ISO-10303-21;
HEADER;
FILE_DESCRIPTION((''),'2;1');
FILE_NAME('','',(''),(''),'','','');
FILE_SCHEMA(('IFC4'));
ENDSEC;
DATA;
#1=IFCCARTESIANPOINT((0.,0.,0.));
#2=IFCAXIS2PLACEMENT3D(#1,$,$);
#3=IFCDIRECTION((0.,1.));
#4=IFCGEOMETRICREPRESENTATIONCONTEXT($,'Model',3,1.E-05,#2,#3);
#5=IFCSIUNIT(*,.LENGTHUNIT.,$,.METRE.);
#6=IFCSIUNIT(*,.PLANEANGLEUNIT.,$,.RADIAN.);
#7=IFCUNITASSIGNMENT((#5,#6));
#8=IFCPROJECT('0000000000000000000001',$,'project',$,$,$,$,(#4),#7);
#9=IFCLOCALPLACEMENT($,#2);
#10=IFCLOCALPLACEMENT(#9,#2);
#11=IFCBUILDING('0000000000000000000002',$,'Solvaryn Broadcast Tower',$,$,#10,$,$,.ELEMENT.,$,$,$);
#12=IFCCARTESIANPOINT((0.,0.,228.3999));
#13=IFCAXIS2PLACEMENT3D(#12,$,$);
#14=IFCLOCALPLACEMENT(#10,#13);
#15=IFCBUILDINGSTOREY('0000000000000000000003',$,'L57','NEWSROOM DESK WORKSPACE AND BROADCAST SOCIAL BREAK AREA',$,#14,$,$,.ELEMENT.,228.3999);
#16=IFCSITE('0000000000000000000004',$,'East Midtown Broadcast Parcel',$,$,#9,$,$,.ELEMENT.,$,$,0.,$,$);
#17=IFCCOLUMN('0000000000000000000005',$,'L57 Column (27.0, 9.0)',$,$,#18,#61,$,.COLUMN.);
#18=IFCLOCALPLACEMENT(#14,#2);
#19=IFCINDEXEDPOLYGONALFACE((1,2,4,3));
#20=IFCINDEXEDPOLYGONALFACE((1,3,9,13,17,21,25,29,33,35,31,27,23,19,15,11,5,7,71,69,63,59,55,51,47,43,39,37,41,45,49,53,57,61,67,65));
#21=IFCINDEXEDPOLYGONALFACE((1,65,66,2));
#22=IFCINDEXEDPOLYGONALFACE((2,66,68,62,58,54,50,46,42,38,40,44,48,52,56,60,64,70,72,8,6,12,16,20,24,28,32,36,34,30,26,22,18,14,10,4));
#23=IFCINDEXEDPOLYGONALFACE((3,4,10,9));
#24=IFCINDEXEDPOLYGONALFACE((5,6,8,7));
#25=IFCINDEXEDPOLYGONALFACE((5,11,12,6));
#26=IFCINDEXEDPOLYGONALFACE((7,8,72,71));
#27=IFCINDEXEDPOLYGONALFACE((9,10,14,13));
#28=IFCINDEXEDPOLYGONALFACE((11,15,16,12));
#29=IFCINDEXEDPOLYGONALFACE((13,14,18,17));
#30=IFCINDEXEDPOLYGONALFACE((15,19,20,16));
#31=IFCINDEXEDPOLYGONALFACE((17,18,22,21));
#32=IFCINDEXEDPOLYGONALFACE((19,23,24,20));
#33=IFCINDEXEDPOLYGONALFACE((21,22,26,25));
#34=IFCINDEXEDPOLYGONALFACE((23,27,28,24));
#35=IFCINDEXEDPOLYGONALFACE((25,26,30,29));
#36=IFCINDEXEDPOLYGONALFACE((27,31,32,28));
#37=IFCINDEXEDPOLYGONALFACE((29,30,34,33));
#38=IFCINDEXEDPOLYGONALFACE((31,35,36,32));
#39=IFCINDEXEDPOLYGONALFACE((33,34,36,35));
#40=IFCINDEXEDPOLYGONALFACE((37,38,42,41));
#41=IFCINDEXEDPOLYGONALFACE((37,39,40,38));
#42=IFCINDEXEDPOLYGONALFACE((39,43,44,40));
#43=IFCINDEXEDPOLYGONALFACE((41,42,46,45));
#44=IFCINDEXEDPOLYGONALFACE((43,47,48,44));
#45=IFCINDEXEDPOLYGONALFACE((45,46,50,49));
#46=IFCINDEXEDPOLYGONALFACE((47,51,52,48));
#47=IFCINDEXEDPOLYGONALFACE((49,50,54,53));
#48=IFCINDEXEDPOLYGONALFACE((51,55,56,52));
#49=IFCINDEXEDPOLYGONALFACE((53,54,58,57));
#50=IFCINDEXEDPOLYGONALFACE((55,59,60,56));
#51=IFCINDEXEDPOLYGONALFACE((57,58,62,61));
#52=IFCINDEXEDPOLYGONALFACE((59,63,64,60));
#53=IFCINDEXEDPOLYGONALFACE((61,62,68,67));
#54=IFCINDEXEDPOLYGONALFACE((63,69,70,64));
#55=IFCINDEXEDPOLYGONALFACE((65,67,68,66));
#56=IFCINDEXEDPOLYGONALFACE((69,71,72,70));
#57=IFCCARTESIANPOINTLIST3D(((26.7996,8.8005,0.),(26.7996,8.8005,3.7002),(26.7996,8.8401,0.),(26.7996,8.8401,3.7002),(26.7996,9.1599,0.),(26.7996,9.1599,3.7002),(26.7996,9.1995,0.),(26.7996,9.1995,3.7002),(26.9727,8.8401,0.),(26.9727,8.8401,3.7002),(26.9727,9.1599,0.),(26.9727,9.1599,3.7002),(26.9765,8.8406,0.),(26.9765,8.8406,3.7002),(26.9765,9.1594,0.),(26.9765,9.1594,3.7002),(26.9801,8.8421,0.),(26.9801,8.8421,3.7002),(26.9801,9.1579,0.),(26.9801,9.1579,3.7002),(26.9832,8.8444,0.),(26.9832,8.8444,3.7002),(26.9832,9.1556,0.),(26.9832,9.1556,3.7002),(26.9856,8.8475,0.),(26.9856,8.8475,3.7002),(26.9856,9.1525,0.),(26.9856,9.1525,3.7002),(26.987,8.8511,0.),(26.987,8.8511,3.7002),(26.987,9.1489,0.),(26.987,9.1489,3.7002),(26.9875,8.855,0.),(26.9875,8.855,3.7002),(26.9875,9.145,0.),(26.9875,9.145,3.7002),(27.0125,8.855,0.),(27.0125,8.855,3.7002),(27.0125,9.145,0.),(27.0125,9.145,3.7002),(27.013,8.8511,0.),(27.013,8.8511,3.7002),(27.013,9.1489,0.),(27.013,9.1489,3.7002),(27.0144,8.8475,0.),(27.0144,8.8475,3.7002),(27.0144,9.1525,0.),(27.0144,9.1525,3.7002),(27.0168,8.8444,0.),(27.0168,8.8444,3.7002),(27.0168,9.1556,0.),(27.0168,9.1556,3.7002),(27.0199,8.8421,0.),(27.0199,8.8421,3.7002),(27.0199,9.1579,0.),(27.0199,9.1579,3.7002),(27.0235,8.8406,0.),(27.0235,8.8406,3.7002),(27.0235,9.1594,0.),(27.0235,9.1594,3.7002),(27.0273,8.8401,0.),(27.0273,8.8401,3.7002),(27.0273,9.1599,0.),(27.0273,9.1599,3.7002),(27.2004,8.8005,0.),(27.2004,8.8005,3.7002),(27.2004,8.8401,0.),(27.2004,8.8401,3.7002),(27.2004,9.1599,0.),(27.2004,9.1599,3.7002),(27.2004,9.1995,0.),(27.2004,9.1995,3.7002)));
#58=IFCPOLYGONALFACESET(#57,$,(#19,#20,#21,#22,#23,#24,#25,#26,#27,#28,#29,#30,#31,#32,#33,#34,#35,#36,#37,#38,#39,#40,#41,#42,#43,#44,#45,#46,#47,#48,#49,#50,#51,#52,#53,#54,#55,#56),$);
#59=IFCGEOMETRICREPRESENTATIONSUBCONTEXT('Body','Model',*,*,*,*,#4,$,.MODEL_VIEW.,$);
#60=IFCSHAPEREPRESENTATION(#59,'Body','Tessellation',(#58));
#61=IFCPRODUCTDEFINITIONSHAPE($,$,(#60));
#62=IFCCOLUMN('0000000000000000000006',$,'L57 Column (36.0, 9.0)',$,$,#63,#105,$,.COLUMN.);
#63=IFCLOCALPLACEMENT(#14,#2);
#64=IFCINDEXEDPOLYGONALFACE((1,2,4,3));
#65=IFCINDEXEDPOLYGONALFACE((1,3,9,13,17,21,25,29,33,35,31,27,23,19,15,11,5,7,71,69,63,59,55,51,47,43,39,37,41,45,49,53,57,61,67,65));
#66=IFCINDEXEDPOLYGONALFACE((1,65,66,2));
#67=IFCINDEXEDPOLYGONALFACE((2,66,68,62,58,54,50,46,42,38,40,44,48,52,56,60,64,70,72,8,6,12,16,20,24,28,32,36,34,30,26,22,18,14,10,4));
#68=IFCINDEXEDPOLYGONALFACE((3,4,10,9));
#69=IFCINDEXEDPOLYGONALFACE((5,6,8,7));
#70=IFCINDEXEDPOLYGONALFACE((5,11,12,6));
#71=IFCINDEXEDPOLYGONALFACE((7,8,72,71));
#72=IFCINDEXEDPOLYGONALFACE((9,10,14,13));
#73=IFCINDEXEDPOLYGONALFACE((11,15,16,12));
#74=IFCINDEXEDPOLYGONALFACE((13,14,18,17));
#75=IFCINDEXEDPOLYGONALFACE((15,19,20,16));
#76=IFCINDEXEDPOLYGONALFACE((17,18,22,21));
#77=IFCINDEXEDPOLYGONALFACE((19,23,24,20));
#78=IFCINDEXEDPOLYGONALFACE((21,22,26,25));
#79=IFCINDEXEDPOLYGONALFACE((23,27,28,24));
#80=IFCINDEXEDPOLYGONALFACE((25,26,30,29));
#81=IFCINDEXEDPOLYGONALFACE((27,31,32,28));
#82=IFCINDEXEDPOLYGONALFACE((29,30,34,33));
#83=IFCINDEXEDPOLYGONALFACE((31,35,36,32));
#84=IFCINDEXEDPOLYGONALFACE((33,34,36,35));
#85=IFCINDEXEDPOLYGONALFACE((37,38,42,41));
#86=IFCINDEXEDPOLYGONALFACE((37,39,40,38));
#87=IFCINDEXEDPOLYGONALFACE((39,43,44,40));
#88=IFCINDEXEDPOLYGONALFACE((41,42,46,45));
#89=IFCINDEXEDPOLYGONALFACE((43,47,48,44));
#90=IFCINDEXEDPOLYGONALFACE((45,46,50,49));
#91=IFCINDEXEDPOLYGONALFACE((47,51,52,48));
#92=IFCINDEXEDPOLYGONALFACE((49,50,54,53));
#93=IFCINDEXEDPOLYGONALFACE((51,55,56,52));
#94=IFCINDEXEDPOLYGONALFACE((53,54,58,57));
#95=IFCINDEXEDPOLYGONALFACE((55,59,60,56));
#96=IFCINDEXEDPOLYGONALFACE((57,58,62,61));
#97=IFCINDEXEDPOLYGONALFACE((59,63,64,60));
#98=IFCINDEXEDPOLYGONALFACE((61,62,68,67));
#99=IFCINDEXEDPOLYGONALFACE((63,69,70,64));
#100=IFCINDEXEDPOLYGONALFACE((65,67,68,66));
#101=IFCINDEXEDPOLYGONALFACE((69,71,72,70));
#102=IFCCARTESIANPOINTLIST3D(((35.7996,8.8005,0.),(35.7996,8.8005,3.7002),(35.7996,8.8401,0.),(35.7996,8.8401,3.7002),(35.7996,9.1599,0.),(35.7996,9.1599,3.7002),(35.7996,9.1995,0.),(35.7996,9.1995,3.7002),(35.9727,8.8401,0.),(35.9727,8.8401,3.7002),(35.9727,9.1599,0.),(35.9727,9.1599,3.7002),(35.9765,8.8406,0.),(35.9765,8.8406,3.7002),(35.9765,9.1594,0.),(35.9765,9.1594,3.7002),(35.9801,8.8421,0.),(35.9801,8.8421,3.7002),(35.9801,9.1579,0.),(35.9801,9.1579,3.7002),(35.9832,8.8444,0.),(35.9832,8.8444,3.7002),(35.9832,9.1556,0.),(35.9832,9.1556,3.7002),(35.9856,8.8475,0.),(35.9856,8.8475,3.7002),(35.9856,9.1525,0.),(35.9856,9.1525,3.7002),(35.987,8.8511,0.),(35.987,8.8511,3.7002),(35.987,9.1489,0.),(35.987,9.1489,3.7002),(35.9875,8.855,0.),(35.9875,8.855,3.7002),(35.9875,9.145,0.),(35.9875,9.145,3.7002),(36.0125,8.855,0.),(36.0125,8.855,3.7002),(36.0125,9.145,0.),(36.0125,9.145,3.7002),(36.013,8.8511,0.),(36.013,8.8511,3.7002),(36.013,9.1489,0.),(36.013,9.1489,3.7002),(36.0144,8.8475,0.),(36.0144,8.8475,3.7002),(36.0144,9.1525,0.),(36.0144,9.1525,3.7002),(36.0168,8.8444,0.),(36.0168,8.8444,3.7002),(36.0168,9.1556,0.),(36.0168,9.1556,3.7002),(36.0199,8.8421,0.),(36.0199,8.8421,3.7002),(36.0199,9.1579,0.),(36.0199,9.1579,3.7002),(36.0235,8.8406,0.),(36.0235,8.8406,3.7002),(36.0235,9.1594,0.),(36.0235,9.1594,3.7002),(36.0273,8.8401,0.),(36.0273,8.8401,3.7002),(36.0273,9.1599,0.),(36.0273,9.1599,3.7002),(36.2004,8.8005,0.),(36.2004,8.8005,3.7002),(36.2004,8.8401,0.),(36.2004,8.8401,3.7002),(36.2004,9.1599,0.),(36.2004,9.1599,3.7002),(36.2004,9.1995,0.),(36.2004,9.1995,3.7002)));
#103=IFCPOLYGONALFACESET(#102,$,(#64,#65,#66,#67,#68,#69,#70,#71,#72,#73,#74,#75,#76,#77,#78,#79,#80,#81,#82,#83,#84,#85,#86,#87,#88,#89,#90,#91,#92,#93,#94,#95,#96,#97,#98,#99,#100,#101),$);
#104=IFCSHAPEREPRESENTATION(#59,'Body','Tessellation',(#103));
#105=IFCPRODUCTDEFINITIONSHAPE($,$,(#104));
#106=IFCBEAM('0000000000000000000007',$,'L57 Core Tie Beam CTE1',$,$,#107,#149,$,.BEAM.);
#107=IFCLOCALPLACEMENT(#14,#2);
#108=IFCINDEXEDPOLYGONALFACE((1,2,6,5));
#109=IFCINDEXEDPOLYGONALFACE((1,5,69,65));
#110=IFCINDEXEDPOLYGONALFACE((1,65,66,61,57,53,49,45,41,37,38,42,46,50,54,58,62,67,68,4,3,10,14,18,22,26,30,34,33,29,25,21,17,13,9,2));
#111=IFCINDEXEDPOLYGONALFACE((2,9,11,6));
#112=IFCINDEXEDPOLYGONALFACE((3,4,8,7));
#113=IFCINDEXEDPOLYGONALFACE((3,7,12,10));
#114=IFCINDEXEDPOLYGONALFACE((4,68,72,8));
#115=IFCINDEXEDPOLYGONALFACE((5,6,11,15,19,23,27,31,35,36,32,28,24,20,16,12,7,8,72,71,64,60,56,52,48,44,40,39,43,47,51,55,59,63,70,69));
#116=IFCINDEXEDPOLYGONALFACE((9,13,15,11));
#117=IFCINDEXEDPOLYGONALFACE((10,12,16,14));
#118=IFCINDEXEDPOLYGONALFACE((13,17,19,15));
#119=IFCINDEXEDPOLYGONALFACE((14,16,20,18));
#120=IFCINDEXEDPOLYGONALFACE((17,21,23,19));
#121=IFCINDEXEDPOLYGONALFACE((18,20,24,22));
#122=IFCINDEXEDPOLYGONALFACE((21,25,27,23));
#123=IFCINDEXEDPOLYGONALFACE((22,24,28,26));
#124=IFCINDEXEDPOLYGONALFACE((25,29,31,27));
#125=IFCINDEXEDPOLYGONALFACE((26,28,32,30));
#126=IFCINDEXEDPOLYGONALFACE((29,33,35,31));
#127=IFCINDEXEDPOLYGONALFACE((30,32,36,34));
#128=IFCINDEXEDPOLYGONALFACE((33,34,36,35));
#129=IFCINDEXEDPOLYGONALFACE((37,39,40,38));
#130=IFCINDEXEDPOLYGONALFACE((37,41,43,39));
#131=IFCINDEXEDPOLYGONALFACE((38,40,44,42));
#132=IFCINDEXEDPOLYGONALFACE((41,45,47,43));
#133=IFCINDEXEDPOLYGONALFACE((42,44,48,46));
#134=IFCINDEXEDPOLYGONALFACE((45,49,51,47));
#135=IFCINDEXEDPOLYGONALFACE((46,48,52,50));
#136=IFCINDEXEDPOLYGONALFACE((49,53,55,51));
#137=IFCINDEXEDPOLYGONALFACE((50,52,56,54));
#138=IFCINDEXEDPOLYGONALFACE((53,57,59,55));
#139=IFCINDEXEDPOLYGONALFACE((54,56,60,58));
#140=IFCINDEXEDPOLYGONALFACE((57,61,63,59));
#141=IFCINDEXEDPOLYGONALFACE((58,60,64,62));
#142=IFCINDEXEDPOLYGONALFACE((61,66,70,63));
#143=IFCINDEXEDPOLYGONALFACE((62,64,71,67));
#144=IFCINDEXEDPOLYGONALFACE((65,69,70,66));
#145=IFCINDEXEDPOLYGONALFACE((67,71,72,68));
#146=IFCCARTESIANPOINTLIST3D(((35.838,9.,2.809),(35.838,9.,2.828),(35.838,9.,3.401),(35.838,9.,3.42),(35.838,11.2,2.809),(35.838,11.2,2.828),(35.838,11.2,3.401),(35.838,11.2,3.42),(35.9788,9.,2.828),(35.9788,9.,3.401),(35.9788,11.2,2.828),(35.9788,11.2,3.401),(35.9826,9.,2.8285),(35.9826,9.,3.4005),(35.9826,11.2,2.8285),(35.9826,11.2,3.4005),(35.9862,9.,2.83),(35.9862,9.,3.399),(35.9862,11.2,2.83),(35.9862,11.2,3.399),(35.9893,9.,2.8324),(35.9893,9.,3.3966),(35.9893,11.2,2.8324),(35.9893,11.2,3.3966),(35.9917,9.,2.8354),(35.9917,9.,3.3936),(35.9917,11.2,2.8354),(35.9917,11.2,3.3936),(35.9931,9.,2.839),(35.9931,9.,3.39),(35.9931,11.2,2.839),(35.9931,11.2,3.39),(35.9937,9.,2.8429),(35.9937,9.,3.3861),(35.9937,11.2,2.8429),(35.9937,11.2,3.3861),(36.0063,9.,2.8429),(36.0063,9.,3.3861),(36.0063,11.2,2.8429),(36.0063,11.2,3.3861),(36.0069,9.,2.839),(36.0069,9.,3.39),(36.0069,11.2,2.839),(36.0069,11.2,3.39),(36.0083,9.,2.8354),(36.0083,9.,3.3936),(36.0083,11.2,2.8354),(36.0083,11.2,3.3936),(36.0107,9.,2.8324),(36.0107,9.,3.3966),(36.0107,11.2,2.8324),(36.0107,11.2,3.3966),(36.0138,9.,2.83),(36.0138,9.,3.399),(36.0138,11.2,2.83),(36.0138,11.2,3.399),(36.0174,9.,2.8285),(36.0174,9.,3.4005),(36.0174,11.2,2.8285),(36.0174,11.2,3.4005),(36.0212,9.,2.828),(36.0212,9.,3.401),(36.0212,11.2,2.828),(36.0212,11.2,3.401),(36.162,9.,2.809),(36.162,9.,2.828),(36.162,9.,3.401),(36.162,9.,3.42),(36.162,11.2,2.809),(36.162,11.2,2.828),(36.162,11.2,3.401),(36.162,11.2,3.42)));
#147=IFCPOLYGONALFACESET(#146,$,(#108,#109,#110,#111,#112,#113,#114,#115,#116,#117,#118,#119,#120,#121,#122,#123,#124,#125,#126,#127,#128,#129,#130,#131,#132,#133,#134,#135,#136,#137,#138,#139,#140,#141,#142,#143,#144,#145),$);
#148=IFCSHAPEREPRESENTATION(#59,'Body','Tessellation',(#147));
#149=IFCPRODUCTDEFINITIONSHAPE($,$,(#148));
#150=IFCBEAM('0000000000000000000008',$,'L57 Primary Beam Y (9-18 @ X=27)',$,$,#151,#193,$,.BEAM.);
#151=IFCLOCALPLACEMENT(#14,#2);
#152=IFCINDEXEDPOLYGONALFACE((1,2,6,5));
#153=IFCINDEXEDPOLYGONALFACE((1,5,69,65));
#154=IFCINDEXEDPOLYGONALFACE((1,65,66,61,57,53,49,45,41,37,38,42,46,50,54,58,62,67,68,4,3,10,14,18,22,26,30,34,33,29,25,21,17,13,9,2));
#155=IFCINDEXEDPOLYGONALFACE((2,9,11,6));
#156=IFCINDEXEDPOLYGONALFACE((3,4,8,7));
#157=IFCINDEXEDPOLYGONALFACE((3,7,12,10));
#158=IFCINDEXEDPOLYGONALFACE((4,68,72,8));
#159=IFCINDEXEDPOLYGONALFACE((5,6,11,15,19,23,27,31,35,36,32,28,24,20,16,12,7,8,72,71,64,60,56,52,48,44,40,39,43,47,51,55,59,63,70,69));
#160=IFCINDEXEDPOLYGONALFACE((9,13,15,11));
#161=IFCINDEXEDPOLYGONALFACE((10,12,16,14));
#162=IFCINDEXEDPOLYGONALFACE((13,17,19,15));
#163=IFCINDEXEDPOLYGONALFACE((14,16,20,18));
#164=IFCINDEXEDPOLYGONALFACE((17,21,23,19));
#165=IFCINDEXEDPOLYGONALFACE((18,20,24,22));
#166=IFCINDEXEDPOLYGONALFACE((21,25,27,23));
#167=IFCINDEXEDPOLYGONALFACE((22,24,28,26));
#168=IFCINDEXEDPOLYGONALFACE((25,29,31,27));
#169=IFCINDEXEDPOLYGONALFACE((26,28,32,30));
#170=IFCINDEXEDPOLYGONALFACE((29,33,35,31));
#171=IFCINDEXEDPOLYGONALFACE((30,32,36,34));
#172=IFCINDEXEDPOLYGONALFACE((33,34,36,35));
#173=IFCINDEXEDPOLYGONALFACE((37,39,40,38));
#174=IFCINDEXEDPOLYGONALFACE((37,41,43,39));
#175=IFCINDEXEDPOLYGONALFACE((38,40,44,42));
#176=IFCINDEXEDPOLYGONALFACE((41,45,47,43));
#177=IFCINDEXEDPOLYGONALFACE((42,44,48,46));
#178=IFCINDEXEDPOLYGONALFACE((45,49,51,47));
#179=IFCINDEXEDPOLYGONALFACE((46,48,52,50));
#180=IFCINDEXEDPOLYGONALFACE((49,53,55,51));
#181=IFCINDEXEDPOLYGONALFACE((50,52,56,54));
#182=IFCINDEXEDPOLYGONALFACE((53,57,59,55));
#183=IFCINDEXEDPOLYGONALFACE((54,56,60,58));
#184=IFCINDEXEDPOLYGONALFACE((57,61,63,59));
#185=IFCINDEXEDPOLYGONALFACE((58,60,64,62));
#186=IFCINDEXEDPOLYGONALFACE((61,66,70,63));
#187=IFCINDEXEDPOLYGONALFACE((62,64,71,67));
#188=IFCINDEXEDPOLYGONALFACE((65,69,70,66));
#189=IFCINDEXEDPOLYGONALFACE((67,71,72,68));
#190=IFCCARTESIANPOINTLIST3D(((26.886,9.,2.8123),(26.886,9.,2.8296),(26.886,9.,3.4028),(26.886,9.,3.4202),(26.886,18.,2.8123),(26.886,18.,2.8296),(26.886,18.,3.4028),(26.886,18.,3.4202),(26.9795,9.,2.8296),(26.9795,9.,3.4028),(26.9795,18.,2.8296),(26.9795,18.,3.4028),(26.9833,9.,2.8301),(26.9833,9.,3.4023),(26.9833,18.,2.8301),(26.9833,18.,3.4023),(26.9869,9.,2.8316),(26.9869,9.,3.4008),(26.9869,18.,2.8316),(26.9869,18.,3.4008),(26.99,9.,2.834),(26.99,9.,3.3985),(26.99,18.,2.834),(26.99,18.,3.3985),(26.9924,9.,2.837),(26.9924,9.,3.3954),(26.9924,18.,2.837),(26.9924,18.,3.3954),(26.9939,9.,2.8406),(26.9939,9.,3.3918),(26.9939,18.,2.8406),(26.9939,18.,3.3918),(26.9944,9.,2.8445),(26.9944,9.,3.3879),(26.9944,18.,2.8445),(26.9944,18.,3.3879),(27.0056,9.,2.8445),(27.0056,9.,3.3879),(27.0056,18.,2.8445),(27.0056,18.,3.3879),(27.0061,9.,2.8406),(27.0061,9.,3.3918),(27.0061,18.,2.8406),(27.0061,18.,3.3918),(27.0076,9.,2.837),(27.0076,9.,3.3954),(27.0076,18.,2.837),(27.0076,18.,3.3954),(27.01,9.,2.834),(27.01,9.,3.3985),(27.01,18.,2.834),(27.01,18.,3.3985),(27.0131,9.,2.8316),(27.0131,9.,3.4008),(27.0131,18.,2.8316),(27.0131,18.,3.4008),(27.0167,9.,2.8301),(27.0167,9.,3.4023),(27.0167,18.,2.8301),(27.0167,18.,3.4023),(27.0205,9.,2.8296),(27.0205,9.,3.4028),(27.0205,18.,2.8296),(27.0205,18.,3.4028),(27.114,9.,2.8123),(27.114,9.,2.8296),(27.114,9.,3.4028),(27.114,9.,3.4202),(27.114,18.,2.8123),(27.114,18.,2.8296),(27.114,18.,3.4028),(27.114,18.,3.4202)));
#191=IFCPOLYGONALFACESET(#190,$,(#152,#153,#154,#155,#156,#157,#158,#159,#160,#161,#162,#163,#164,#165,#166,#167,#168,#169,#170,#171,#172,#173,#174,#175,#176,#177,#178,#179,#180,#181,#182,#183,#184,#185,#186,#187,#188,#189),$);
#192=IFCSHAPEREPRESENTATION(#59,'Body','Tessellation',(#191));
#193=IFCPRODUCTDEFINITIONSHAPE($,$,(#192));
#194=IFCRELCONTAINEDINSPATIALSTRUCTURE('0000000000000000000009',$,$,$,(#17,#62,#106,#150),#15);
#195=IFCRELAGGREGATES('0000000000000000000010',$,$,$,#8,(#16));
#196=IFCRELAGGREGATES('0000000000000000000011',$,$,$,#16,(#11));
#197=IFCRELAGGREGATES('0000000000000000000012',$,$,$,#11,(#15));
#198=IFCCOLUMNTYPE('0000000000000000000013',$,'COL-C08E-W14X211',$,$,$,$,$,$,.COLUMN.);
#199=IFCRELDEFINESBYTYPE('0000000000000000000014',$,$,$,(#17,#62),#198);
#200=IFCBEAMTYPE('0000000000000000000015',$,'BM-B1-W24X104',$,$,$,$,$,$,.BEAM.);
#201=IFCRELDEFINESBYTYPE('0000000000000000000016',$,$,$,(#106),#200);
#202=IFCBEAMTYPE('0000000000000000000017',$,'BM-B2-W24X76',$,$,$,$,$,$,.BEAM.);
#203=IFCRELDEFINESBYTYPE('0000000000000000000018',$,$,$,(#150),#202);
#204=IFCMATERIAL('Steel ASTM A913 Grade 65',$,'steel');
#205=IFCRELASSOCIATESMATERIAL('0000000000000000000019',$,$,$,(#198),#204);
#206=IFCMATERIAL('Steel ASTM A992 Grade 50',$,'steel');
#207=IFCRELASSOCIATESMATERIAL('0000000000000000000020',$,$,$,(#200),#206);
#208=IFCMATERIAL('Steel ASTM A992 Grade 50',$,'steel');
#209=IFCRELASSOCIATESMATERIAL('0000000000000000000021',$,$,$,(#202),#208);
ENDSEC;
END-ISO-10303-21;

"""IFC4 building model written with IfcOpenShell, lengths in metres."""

from ifc_helpers import new_model, si_unit, direction, frame, origin, origin_2d, place, context, subcontext, project, spatial, i_section, extrude, material, material_profile, profile_set, type_object, element, save


model = new_model("IFC4")

# Units and contexts
model_context = context("Model", 3, precision=1e-05, world=origin(), true_north=direction((0.0, 1.0)))
body_context = subcontext(model_context, "Body", "Model", "MODEL_VIEW")
ifc_project = project(units=[si_unit("LENGTHUNIT", "METRE"), si_unit("PLANEANGLEUNIT", "RADIAN")], contexts=[model_context])

# Site, building, storey
site_placement = place(None, origin())
site = spatial("IfcSite", under=ifc_project, at=site_placement, Name="East Midtown Broadcast Parcel", CompositionType="ELEMENT", RefElevation=0.0)
building_placement = place(site_placement, origin())
building = spatial("IfcBuilding", under=site, at=building_placement, Name="Solvaryn Broadcast Tower", CompositionType="ELEMENT")
storey_placement = place(building_placement, frame((0.0, 0.0, 228.3999)))
storey = spatial("IfcBuildingStorey", under=building, at=storey_placement, Name="L57", Description="NEWSROOM DESK WORKSPACE AND BROADCAST SOCIAL BREAK AREA", CompositionType="ELEMENT", Elevation=228.3999)

# Columns
ifc_material_1 = material(Name="Steel ASTM A913 Grade 65", Category="steel")
ifc_material_profile_1 = material_profile(ifc_material_1, i_section(OverallWidth=0.4009, OverallDepth=0.3989, WebThickness=0.0249, FlangeThickness=0.0396, FilletRadius=0.0149, at=origin_2d()))
ifc_profile_set_1 = profile_set([ifc_material_profile_1], Name="Steel ASTM A913 Grade 65")
column_type = type_object("IfcColumnType", Name="COL-C08E-W14X211", PredefinedType="COLUMN", material=ifc_profile_set_1)
for number, where, z_axis, x_axis, name in (
    (1, (27.0, 9.0, 0.0), (0.0, 0.0, 1.0), (1.0, 0.0, 0.0), "L57 Column (27.0, 9.0)"),
    (2, (36.0, 9.0, 0.0), (0.0, 0.0, 1.0), (1.0, 0.0, 0.0), "L57 Column (36.0, 9.0)"),
):
    element("IfcColumn", number, at=place(storey_placement, frame(where, z_axis=z_axis, x_axis=x_axis)), inside=storey, type_object=column_type, Name=name, PredefinedType="COLUMN", context=body_context, shape_type="SweptSolid", body=[
        extrude(i_section(OverallWidth=0.4009, OverallDepth=0.3989, WebThickness=0.0249, FlangeThickness=0.0396, FilletRadius=0.0149, at=origin_2d()), origin(), (0.0, 0.0, 1.0), 3.7002),
    ])

# Beams
ifc_material_2 = material(Name="Steel ASTM A992 Grade 50", Category="steel")
ifc_material_profile_2 = material_profile(ifc_material_2, i_section(OverallWidth=0.324, OverallDepth=0.6111, WebThickness=0.0127, FlangeThickness=0.019, FilletRadius=0.0149, at=origin_2d()))
ifc_profile_set_2 = profile_set([ifc_material_profile_2], Name="Steel ASTM A992 Grade 50")
beam_type_1 = type_object("IfcBeamType", Name="BM-B1-W24X104", PredefinedType="BEAM", material=ifc_profile_set_2)
beam_1_placement = place(storey_placement, frame((36.0, 9.0, 3.1145), z_axis=(0.0, 1.0, 0.0), x_axis=(-1.0, 0.0, 0.0)))
element("IfcBeam", 3, at=beam_1_placement, inside=storey, type_object=beam_type_1, Name="L57 Core Tie Beam CTE1", PredefinedType="BEAM", context=body_context, shape_type="SweptSolid", body=[
    extrude(i_section(OverallWidth=0.324, OverallDepth=0.6111, WebThickness=0.0127, FlangeThickness=0.019, FilletRadius=0.0149, at=origin_2d()), origin(), (0.0, 0.0, 1.0), 2.2),
])
ifc_material_3 = material(Name="Steel ASTM A992 Grade 50", Category="steel")
ifc_material_profile_3 = material_profile(ifc_material_3, i_section(OverallWidth=0.228, OverallDepth=0.6079, WebThickness=0.0112, FlangeThickness=0.0173, FilletRadius=0.0149, at=origin_2d()))
ifc_profile_set_3 = profile_set([ifc_material_profile_3], Name="Steel ASTM A992 Grade 50")
beam_type_2 = type_object("IfcBeamType", Name="BM-B2-W24X76", PredefinedType="BEAM", material=ifc_profile_set_3)
beam_2_placement = place(storey_placement, frame((27.0, 9.0, 3.1162), z_axis=(0.0, 1.0, 0.0), x_axis=(-1.0, 0.0, 0.0)))
element("IfcBeam", 4, at=beam_2_placement, inside=storey, type_object=beam_type_2, Name="L57 Primary Beam Y (9-18 @ X=27)", PredefinedType="BEAM", context=body_context, shape_type="SweptSolid", body=[
    extrude(i_section(OverallWidth=0.228, OverallDepth=0.6079, WebThickness=0.0112, FlangeThickness=0.0173, FilletRadius=0.0149, at=origin_2d()), origin(), (0.0, 0.0, 1.0), 9.0),
])

save(model, "model.ifc")
